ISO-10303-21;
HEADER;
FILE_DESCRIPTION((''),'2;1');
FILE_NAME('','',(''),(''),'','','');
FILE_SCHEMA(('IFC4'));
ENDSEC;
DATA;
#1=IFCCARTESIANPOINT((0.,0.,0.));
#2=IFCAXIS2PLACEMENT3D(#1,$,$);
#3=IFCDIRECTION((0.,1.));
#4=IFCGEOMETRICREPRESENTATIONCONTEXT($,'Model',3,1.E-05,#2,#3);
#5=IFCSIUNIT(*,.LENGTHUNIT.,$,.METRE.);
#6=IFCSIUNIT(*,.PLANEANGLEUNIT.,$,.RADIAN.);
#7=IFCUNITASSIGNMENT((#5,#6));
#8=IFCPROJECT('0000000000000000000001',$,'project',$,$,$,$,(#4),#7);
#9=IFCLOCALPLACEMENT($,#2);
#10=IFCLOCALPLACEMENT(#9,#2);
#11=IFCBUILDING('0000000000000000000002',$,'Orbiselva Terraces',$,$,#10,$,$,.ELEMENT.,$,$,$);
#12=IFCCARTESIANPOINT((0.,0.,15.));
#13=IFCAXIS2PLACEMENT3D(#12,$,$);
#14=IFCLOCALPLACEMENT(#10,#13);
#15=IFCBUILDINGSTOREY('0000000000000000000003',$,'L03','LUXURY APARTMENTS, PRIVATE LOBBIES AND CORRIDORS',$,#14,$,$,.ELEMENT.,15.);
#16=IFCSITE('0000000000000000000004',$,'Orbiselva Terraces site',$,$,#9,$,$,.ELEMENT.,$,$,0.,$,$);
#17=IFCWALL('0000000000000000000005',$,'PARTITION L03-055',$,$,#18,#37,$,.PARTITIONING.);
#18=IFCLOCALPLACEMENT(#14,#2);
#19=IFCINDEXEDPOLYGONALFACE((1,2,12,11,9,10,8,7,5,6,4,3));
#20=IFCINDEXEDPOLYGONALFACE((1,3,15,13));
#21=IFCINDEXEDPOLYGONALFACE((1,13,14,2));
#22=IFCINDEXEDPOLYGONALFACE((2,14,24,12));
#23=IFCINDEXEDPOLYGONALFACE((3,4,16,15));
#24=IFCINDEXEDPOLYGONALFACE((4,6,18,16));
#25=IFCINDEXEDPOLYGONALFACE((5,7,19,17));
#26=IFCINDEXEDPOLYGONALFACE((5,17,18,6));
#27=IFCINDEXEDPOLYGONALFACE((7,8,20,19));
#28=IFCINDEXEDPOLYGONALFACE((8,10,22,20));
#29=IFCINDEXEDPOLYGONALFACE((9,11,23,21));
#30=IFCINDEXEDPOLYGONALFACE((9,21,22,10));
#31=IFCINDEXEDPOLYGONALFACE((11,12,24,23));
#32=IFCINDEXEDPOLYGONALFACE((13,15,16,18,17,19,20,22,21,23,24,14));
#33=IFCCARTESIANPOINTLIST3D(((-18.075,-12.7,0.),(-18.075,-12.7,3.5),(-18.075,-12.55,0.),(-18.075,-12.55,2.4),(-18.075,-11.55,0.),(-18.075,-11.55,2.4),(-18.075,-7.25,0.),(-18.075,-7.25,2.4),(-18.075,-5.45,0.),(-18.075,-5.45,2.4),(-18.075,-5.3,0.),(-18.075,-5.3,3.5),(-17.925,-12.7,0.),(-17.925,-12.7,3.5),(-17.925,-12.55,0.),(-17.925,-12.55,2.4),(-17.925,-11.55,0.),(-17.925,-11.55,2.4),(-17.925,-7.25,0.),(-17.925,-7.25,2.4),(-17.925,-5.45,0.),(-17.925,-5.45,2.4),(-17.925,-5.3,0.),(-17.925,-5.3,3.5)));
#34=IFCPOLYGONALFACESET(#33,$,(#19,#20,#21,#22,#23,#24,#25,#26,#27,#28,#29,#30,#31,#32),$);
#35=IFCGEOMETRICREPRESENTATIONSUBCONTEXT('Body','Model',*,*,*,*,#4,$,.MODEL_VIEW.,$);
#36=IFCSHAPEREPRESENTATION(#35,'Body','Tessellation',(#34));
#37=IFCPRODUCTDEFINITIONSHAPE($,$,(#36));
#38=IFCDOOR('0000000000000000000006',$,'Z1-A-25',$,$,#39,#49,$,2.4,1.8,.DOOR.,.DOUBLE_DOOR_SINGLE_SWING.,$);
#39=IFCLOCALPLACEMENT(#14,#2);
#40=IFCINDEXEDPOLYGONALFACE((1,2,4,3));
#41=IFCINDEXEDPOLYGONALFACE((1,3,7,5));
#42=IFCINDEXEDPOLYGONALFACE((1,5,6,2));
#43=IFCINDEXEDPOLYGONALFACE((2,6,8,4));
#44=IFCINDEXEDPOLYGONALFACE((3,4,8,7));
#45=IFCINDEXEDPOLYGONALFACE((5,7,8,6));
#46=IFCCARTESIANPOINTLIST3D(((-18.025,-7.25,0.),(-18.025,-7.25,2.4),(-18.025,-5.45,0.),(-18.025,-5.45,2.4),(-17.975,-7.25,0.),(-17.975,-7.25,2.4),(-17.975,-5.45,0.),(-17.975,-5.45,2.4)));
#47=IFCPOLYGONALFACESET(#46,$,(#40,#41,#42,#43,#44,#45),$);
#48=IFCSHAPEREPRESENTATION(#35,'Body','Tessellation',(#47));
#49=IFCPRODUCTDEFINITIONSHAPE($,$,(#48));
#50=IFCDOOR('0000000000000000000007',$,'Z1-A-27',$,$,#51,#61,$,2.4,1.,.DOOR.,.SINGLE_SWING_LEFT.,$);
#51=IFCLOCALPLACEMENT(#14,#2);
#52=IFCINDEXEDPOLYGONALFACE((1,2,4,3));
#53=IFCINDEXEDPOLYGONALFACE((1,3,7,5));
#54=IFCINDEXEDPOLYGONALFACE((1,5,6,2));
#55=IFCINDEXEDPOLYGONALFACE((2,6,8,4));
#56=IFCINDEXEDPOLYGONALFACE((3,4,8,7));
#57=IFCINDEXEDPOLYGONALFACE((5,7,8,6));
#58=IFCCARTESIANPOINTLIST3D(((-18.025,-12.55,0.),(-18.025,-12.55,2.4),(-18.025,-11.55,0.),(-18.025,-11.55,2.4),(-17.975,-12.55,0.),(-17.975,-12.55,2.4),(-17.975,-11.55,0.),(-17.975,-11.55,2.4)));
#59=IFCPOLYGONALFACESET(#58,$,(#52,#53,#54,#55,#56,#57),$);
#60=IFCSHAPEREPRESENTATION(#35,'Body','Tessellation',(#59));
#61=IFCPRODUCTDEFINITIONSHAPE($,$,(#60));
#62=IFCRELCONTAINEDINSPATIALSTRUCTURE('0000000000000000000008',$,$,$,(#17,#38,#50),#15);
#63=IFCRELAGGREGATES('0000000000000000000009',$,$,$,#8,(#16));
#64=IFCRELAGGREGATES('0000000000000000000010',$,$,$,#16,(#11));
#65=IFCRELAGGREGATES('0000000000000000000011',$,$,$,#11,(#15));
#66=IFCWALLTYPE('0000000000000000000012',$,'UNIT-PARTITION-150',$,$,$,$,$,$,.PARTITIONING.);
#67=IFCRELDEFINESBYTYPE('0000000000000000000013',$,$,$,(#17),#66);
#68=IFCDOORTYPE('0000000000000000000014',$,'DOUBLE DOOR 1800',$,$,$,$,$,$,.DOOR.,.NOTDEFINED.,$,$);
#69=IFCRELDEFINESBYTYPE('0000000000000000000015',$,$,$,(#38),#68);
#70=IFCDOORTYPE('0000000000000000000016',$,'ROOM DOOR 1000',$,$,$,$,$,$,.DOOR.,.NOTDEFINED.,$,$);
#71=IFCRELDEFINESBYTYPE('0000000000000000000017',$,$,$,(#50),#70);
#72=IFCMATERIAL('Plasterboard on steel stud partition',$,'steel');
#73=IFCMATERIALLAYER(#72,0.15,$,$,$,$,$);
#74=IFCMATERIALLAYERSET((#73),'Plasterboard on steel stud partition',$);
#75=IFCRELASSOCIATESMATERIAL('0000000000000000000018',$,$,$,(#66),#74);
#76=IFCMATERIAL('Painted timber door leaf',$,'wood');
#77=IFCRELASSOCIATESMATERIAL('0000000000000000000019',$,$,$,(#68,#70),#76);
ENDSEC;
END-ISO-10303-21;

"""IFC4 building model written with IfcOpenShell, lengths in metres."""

from ifc_helpers import new_model, si_unit, direction, frame, frame_2d, origin, place, context, subcontext, project, spatial, rectangle, extrude, material, layer, layer_set, type_object, element, fill, save


model = new_model("IFC4")

# Units and contexts
model_context = context("Model", 3, precision=1e-05, world=origin(), true_north=direction((0.0, 1.0)))
body_context = subcontext(model_context, "Body", "Model", "MODEL_VIEW")
ifc_project = project(units=[si_unit("LENGTHUNIT", "METRE"), si_unit("PLANEANGLEUNIT", "RADIAN")], contexts=[model_context])

# Site, building, storey
site_placement = place(None, origin())
site = spatial("IfcSite", under=ifc_project, at=site_placement, Name="Orbiselva Terraces site", CompositionType="ELEMENT", RefElevation=0.0)
building_placement = place(site_placement, origin())
building = spatial("IfcBuilding", under=site, at=building_placement, Name="Orbiselva Terraces", CompositionType="ELEMENT")
storey_placement = place(building_placement, frame((0.0, 0.0, 15.0)))
storey = spatial("IfcBuildingStorey", under=building, at=storey_placement, Name="L03", Description="LUXURY APARTMENTS, PRIVATE LOBBIES AND CORRIDORS", CompositionType="ELEMENT", Elevation=15.0)

# Shared definitions
ifc_material_1 = material(Name="Plasterboard on steel stud partition", Category="steel")
ifc_layer_1 = layer(ifc_material_1, 0.15)
ifc_layer_set_1 = layer_set([ifc_layer_1], Name="Plasterboard on steel stud partition")
wall_type_1 = type_object("IfcWallType", Name="UNIT-PARTITION-150", PredefinedType="PARTITIONING", material=ifc_layer_set_1)

# Shared definitions
ifc_material_2 = material(Name="Painted timber door leaf", Category="wood")

# Wall, openings, doors
wall_1_placement = place(storey_placement, frame((-18.0, -12.7, 0.0), z_axis=(0.0, 0.0, 1.0), x_axis=(0.0, 1.0, 0.0)))
wall_1 = element("IfcWall", 1, at=wall_1_placement, inside=storey, type_object=wall_type_1, Name="PARTITION L03-055", PredefinedType="PARTITIONING", context=body_context, shape_type="SweptSolid", body=[
    extrude(rectangle(XDim=7.4, YDim=0.15, at=frame_2d((3.7, 0.0))), origin(), (0.0, 0.0, 1.0), 3.5),
])
opening_1_placement = place(wall_1_placement, frame((5.45, 0.0, 0.0)))
opening_1 = element("IfcOpeningElement", 2, at=opening_1_placement, cuts=wall_1, PredefinedType="OPENING", context=body_context, shape_type="SweptSolid", body=[
    extrude(rectangle(XDim=1.8, YDim=2.4, at=frame_2d((0.9, 1.2))), frame((0.0, 0.085, 0.0), z_axis=(0.0, -1.0, 0.0), x_axis=(1.0, 0.0, 0.0)), (0.0, 0.0, 1.0), 0.17),
])
opening_2_placement = place(wall_1_placement, frame((0.15, 0.0, 0.0)))
opening_2 = element("IfcOpeningElement", 3, at=opening_2_placement, cuts=wall_1, PredefinedType="OPENING", context=body_context, shape_type="SweptSolid", body=[
    extrude(rectangle(XDim=1.0, YDim=2.4, at=frame_2d((0.5, 1.2))), frame((0.0, 0.085, 0.0), z_axis=(0.0, -1.0, 0.0), x_axis=(1.0, 0.0, 0.0)), (0.0, 0.0, 1.0), 0.17),
])
door_type_1 = type_object("IfcDoorType", Name="DOUBLE DOOR 1800", OperationType="NOTDEFINED", PredefinedType="DOOR", material=ifc_material_2)
door_1_placement = place(opening_1_placement, origin())
door_1 = element("IfcDoor", 4, at=door_1_placement, inside=storey, type_object=door_type_1, Name="Z1-A-25", OperationType="DOUBLE_DOOR_SINGLE_SWING", OverallHeight=2.4, OverallWidth=1.8, PredefinedType="DOOR", context=body_context, shape_type="SweptSolid", body=[
    extrude(rectangle(XDim=1.8, YDim=2.4, at=frame_2d((0.9, 1.2))), frame((0.0, 0.025, 0.0), z_axis=(0.0, -1.0, 0.0), x_axis=(1.0, 0.0, 0.0)), (0.0, 0.0, 1.0), 0.05),
])
fill(opening_1, door_1)
door_type_2 = type_object("IfcDoorType", Name="ROOM DOOR 1000", OperationType="NOTDEFINED", PredefinedType="DOOR", material=ifc_material_2)
door_2_placement = place(opening_2_placement, origin())
door_2 = element("IfcDoor", 5, at=door_2_placement, inside=storey, type_object=door_type_2, Name="Z1-A-27", OperationType="SINGLE_SWING_LEFT", OverallHeight=2.4, OverallWidth=1.0, PredefinedType="DOOR", context=body_context, shape_type="SweptSolid", body=[
    extrude(rectangle(XDim=1.0, YDim=2.4, at=frame_2d((0.5, 1.2))), frame((0.0, 0.025, 0.0), z_axis=(0.0, -1.0, 0.0), x_axis=(1.0, 0.0, 0.0)), (0.0, 0.0, 1.0), 0.05),
])
fill(opening_2, door_2)

save(model, "model.ifc")
